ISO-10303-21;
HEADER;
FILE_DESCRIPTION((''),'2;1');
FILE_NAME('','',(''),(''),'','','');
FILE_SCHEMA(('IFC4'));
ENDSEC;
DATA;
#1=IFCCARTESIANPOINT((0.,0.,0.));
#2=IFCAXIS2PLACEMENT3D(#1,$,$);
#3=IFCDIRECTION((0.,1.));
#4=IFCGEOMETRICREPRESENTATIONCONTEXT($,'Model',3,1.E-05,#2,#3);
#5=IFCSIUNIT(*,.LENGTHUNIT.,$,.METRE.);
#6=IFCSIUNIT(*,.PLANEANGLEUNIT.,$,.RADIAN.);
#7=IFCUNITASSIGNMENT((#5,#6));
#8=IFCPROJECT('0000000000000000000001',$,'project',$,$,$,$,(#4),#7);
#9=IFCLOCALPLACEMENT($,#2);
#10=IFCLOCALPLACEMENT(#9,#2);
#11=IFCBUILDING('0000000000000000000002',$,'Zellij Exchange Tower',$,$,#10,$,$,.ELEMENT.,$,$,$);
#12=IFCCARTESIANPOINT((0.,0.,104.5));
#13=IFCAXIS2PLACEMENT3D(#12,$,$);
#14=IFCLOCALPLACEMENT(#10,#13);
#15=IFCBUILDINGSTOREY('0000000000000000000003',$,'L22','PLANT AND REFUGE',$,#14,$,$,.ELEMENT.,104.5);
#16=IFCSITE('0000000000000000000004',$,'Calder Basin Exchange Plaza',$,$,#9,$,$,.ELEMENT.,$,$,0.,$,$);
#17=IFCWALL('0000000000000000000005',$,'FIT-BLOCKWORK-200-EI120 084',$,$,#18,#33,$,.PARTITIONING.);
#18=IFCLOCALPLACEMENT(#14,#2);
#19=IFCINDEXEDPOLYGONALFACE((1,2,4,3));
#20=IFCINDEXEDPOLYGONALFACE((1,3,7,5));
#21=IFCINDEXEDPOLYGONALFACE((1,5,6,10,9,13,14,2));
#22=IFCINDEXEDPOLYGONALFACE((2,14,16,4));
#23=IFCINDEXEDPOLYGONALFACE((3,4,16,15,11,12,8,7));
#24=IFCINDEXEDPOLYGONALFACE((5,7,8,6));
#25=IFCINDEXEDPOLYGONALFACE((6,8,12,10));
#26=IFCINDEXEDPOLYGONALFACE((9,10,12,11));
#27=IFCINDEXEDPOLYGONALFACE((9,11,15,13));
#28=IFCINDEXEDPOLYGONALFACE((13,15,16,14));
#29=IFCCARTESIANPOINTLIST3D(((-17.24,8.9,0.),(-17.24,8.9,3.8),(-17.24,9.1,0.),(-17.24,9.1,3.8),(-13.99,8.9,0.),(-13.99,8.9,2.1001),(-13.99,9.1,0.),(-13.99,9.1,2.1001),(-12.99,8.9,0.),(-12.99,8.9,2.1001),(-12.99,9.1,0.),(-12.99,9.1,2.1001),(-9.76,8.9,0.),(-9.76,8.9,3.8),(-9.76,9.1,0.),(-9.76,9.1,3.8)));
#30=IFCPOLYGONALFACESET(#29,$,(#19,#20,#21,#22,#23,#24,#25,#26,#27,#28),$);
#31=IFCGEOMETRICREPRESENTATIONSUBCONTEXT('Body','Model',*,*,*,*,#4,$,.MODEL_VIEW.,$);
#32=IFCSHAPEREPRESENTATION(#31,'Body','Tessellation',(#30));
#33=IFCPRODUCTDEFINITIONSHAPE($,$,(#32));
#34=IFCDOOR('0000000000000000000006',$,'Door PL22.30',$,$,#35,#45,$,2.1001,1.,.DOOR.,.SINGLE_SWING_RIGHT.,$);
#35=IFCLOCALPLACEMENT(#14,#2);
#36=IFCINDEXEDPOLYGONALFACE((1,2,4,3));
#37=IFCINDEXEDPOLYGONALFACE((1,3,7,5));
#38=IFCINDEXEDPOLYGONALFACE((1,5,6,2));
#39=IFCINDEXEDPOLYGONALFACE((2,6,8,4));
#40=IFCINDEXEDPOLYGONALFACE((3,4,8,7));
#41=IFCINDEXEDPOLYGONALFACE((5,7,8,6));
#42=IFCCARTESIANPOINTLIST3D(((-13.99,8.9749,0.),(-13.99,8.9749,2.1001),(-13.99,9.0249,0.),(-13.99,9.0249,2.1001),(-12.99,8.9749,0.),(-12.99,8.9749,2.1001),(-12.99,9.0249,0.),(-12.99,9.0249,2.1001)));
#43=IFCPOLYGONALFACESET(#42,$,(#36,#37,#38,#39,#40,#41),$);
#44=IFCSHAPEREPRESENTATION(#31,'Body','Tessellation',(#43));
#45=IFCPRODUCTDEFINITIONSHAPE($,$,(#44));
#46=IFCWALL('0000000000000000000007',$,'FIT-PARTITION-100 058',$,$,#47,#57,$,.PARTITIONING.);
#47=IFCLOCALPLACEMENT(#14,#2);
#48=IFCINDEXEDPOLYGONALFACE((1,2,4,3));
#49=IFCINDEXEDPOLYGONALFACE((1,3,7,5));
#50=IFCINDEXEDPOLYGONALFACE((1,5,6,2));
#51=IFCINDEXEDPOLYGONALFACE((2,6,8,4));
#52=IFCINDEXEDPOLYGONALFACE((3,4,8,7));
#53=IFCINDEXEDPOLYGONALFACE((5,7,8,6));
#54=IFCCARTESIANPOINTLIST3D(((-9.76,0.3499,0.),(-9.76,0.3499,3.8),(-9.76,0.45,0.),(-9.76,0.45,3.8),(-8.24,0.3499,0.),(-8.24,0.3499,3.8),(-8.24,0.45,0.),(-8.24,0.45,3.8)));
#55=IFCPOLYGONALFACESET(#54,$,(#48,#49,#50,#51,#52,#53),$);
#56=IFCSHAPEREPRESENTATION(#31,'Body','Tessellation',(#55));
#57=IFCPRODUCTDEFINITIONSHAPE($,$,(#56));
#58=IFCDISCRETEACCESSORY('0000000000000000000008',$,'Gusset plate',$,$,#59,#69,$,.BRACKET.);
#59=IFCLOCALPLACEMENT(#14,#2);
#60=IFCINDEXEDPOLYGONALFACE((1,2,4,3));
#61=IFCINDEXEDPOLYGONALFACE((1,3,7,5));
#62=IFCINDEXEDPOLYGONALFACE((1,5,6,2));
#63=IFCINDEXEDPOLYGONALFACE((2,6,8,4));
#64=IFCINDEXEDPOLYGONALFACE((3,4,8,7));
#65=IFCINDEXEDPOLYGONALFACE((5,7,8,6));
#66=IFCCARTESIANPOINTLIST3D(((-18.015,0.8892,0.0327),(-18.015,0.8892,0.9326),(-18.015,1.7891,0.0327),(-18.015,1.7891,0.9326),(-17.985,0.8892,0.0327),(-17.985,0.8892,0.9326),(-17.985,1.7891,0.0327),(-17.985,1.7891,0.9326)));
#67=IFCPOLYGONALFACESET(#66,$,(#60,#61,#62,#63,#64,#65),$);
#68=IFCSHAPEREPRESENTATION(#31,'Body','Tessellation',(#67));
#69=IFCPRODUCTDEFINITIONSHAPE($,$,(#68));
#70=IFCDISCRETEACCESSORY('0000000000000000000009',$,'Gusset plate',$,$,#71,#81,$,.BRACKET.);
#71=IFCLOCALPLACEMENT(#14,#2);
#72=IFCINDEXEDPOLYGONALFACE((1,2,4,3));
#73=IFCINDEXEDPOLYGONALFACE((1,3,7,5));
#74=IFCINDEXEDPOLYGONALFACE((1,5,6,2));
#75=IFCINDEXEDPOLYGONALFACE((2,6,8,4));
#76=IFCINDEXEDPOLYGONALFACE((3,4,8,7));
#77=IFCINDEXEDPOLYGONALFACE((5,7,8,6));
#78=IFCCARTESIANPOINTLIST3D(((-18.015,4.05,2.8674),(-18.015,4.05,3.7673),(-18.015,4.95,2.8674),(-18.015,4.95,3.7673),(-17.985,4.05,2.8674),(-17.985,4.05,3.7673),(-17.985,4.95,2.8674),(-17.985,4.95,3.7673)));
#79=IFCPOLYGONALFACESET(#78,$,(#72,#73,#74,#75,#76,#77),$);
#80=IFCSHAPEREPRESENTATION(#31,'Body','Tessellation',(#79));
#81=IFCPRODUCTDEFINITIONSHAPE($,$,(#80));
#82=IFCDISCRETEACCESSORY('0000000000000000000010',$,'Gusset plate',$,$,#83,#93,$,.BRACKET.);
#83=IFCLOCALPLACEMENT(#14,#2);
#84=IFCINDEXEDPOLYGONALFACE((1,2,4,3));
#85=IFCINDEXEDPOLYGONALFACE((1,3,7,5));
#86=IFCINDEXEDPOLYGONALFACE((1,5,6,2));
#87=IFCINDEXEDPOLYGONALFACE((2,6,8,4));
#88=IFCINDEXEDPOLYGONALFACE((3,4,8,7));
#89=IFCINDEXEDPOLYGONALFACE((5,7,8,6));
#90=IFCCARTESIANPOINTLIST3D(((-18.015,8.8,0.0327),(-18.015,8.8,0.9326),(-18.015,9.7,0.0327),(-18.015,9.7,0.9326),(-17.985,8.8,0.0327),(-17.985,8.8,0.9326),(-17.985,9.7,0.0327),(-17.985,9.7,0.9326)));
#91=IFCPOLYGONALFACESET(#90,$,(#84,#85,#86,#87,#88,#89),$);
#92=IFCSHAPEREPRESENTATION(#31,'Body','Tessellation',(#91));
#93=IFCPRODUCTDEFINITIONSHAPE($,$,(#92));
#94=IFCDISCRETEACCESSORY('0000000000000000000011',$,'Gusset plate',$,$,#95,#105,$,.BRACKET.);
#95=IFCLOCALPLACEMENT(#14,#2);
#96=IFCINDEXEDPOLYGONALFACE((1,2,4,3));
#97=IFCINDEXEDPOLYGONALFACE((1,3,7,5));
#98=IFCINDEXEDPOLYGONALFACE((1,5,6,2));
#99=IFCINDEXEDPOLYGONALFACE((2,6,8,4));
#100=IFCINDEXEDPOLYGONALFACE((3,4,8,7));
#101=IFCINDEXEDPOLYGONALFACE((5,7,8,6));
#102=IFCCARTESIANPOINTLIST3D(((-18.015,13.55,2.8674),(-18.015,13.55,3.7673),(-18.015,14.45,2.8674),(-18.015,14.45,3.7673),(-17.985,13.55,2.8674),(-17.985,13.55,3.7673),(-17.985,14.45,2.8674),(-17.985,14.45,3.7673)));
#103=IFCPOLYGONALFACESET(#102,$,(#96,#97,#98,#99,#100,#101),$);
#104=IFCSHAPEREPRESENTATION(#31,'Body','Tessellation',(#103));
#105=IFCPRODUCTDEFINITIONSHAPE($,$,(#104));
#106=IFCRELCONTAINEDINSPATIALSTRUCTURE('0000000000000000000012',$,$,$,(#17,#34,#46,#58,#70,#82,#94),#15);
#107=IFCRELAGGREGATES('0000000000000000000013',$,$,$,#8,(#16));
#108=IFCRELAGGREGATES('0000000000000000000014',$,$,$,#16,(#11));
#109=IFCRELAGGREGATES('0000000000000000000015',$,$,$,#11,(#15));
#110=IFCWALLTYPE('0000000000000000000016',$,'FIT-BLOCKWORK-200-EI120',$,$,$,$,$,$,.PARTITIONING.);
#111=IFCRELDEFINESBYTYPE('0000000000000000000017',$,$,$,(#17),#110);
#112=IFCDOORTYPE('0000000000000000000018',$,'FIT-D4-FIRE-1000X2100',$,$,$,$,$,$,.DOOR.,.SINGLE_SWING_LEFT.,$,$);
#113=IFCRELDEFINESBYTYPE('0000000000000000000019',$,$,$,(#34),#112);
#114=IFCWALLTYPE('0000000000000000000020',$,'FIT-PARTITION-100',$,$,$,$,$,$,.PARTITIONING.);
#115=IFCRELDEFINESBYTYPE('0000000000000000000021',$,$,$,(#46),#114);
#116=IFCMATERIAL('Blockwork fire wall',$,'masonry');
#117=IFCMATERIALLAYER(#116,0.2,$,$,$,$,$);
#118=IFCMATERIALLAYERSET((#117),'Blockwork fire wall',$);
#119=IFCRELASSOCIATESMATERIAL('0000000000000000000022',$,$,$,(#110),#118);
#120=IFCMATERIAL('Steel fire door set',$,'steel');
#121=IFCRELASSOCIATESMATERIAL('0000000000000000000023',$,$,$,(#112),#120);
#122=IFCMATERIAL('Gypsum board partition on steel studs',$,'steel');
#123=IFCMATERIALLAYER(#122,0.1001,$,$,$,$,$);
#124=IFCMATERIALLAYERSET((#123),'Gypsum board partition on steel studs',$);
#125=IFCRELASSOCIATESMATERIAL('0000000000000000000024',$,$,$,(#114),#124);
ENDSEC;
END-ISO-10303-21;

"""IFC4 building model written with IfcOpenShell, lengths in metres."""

from ifc_helpers import new_model, si_unit, direction, frame, frame_2d, origin, origin_2d, place, context, subcontext, project, spatial, rectangle, extrude, material, layer, layer_set, type_object, element, fill, save


model = new_model("IFC4")

# Units and contexts
model_context = context("Model", 3, precision=1e-05, world=origin(), true_north=direction((0.0, 1.0)))
body_context = subcontext(model_context, "Body", "Model", "MODEL_VIEW")
ifc_project = project(units=[si_unit("LENGTHUNIT", "METRE"), si_unit("PLANEANGLEUNIT", "RADIAN")], contexts=[model_context])

# Site, building, storey
site_placement = place(None, origin())
site = spatial("IfcSite", under=ifc_project, at=site_placement, Name="Calder Basin Exchange Plaza", CompositionType="ELEMENT", RefElevation=0.0)
building_placement = place(site_placement, origin())
building = spatial("IfcBuilding", under=site, at=building_placement, Name="Zellij Exchange Tower", CompositionType="ELEMENT")
storey_placement = place(building_placement, frame((0.0, 0.0, 104.5)))
storey = spatial("IfcBuildingStorey", under=building, at=storey_placement, Name="L22", Description="PLANT AND REFUGE", CompositionType="ELEMENT", Elevation=104.5)

# Shared definitions
ifc_material_1 = material(Name="Blockwork fire wall", Category="masonry")
ifc_layer_1 = layer(ifc_material_1, 0.2)
ifc_layer_set_1 = layer_set([ifc_layer_1], Name="Blockwork fire wall")
wall_type_1 = type_object("IfcWallType", Name="FIT-BLOCKWORK-200-EI120", PredefinedType="PARTITIONING", material=ifc_layer_set_1)
ifc_material_2 = material(Name="Steel fire door set", Category="steel")

# Wall, opening, door
wall_1_placement = place(storey_placement, frame((-17.24, 9.0, 0.0), z_axis=(0.0, 0.0, 1.0), x_axis=(1.0, 0.0, 0.0)))
wall_1 = element("IfcWall", 1, at=wall_1_placement, inside=storey, type_object=wall_type_1, Name="FIT-BLOCKWORK-200-EI120 084", PredefinedType="PARTITIONING", context=body_context, shape_type="SweptSolid", body=[
    extrude(rectangle(XDim=7.48, YDim=0.2, at=frame_2d((3.74, 0.0))), origin(), (0.0, 0.0, 1.0), 3.8),
])
opening_1_placement = place(wall_1_placement, frame((3.25, 0.0, 0.0)))
opening_1 = element("IfcOpeningElement", 2, at=opening_1_placement, cuts=wall_1, PredefinedType="OPENING", context=body_context, shape_type="SweptSolid", body=[
    extrude(rectangle(XDim=1.0, YDim=2.1001, at=frame_2d((0.5, 1.05))), frame((0.0, 0.1118, 0.0), z_axis=(0.0, -1.0, 0.0), x_axis=(1.0, 0.0, 0.0)), (0.0, 0.0, 1.0), 0.2239),
])
door_type_1 = type_object("IfcDoorType", Name="FIT-D4-FIRE-1000X2100", OperationType="SINGLE_SWING_LEFT", PredefinedType="DOOR", material=ifc_material_2)
door_1_placement = place(opening_1_placement, origin())
door_1 = element("IfcDoor", 3, at=door_1_placement, inside=storey, type_object=door_type_1, Name="Door PL22.30", OperationType="SINGLE_SWING_RIGHT", OverallHeight=2.1001, OverallWidth=1.0, PredefinedType="DOOR", context=body_context, shape_type="SweptSolid", body=[
    extrude(rectangle(XDim=1.0, YDim=2.1001, at=frame_2d((0.5, 1.05))), frame((0.0, 0.0249, 0.0), z_axis=(0.0, -1.0, 0.0), x_axis=(1.0, 0.0, 0.0)), (0.0, 0.0, 1.0), 0.05),
])
fill(opening_1, door_1)

# Wall
ifc_material_3 = material(Name="Gypsum board partition on steel studs", Category="steel")
ifc_layer_2 = layer(ifc_material_3, 0.1001)
ifc_layer_set_2 = layer_set([ifc_layer_2], Name="Gypsum board partition on steel studs")
wall_type_2 = type_object("IfcWallType", Name="FIT-PARTITION-100", PredefinedType="PARTITIONING", material=ifc_layer_set_2)
wall_2_placement = place(storey_placement, frame((-9.76, 0.3999, 0.0), z_axis=(0.0, 0.0, 1.0), x_axis=(1.0, 0.0, 0.0)))
element("IfcWall", 4, at=wall_2_placement, inside=storey, type_object=wall_type_2, Name="FIT-PARTITION-100 058", PredefinedType="PARTITIONING", context=body_context, shape_type="SweptSolid", body=[
    extrude(rectangle(XDim=1.52, YDim=0.1001, at=frame_2d((0.76, 0.0))), origin(), (0.0, 0.0, 1.0), 3.8),
])

# Discrete accessories
for number, where, z_axis, x_axis, name in (
    (5, (-18.0, 1.3391, 0.0327), (0.0, 0.0, 1.0), (0.0, 1.0, 0.0), "Gusset plate"),
    (6, (-18.0, 4.5, 2.8674), (0.0, 0.0, 1.0), (0.0, 1.0, 0.0), "Gusset plate"),
    (7, (-18.0, 9.25, 0.0327), (0.0, 0.0, 1.0), (0.0, 1.0, 0.0), "Gusset plate"),
    (8, (-18.0, 14.0, 2.8674), (0.0, 0.0, 1.0), (0.0, 1.0, 0.0), "Gusset plate"),
):
    element("IfcDiscreteAccessory", number, at=place(storey_placement, frame(where, z_axis=z_axis, x_axis=x_axis)), inside=storey, Name=name, PredefinedType="BRACKET", context=body_context, shape_type="SweptSolid", body=[
        extrude(rectangle(XDim=0.8999, YDim=0.03, at=origin_2d()), origin(), (0.0, 0.0, 1.0), 0.8999),
    ])

save(model, "model.ifc")
